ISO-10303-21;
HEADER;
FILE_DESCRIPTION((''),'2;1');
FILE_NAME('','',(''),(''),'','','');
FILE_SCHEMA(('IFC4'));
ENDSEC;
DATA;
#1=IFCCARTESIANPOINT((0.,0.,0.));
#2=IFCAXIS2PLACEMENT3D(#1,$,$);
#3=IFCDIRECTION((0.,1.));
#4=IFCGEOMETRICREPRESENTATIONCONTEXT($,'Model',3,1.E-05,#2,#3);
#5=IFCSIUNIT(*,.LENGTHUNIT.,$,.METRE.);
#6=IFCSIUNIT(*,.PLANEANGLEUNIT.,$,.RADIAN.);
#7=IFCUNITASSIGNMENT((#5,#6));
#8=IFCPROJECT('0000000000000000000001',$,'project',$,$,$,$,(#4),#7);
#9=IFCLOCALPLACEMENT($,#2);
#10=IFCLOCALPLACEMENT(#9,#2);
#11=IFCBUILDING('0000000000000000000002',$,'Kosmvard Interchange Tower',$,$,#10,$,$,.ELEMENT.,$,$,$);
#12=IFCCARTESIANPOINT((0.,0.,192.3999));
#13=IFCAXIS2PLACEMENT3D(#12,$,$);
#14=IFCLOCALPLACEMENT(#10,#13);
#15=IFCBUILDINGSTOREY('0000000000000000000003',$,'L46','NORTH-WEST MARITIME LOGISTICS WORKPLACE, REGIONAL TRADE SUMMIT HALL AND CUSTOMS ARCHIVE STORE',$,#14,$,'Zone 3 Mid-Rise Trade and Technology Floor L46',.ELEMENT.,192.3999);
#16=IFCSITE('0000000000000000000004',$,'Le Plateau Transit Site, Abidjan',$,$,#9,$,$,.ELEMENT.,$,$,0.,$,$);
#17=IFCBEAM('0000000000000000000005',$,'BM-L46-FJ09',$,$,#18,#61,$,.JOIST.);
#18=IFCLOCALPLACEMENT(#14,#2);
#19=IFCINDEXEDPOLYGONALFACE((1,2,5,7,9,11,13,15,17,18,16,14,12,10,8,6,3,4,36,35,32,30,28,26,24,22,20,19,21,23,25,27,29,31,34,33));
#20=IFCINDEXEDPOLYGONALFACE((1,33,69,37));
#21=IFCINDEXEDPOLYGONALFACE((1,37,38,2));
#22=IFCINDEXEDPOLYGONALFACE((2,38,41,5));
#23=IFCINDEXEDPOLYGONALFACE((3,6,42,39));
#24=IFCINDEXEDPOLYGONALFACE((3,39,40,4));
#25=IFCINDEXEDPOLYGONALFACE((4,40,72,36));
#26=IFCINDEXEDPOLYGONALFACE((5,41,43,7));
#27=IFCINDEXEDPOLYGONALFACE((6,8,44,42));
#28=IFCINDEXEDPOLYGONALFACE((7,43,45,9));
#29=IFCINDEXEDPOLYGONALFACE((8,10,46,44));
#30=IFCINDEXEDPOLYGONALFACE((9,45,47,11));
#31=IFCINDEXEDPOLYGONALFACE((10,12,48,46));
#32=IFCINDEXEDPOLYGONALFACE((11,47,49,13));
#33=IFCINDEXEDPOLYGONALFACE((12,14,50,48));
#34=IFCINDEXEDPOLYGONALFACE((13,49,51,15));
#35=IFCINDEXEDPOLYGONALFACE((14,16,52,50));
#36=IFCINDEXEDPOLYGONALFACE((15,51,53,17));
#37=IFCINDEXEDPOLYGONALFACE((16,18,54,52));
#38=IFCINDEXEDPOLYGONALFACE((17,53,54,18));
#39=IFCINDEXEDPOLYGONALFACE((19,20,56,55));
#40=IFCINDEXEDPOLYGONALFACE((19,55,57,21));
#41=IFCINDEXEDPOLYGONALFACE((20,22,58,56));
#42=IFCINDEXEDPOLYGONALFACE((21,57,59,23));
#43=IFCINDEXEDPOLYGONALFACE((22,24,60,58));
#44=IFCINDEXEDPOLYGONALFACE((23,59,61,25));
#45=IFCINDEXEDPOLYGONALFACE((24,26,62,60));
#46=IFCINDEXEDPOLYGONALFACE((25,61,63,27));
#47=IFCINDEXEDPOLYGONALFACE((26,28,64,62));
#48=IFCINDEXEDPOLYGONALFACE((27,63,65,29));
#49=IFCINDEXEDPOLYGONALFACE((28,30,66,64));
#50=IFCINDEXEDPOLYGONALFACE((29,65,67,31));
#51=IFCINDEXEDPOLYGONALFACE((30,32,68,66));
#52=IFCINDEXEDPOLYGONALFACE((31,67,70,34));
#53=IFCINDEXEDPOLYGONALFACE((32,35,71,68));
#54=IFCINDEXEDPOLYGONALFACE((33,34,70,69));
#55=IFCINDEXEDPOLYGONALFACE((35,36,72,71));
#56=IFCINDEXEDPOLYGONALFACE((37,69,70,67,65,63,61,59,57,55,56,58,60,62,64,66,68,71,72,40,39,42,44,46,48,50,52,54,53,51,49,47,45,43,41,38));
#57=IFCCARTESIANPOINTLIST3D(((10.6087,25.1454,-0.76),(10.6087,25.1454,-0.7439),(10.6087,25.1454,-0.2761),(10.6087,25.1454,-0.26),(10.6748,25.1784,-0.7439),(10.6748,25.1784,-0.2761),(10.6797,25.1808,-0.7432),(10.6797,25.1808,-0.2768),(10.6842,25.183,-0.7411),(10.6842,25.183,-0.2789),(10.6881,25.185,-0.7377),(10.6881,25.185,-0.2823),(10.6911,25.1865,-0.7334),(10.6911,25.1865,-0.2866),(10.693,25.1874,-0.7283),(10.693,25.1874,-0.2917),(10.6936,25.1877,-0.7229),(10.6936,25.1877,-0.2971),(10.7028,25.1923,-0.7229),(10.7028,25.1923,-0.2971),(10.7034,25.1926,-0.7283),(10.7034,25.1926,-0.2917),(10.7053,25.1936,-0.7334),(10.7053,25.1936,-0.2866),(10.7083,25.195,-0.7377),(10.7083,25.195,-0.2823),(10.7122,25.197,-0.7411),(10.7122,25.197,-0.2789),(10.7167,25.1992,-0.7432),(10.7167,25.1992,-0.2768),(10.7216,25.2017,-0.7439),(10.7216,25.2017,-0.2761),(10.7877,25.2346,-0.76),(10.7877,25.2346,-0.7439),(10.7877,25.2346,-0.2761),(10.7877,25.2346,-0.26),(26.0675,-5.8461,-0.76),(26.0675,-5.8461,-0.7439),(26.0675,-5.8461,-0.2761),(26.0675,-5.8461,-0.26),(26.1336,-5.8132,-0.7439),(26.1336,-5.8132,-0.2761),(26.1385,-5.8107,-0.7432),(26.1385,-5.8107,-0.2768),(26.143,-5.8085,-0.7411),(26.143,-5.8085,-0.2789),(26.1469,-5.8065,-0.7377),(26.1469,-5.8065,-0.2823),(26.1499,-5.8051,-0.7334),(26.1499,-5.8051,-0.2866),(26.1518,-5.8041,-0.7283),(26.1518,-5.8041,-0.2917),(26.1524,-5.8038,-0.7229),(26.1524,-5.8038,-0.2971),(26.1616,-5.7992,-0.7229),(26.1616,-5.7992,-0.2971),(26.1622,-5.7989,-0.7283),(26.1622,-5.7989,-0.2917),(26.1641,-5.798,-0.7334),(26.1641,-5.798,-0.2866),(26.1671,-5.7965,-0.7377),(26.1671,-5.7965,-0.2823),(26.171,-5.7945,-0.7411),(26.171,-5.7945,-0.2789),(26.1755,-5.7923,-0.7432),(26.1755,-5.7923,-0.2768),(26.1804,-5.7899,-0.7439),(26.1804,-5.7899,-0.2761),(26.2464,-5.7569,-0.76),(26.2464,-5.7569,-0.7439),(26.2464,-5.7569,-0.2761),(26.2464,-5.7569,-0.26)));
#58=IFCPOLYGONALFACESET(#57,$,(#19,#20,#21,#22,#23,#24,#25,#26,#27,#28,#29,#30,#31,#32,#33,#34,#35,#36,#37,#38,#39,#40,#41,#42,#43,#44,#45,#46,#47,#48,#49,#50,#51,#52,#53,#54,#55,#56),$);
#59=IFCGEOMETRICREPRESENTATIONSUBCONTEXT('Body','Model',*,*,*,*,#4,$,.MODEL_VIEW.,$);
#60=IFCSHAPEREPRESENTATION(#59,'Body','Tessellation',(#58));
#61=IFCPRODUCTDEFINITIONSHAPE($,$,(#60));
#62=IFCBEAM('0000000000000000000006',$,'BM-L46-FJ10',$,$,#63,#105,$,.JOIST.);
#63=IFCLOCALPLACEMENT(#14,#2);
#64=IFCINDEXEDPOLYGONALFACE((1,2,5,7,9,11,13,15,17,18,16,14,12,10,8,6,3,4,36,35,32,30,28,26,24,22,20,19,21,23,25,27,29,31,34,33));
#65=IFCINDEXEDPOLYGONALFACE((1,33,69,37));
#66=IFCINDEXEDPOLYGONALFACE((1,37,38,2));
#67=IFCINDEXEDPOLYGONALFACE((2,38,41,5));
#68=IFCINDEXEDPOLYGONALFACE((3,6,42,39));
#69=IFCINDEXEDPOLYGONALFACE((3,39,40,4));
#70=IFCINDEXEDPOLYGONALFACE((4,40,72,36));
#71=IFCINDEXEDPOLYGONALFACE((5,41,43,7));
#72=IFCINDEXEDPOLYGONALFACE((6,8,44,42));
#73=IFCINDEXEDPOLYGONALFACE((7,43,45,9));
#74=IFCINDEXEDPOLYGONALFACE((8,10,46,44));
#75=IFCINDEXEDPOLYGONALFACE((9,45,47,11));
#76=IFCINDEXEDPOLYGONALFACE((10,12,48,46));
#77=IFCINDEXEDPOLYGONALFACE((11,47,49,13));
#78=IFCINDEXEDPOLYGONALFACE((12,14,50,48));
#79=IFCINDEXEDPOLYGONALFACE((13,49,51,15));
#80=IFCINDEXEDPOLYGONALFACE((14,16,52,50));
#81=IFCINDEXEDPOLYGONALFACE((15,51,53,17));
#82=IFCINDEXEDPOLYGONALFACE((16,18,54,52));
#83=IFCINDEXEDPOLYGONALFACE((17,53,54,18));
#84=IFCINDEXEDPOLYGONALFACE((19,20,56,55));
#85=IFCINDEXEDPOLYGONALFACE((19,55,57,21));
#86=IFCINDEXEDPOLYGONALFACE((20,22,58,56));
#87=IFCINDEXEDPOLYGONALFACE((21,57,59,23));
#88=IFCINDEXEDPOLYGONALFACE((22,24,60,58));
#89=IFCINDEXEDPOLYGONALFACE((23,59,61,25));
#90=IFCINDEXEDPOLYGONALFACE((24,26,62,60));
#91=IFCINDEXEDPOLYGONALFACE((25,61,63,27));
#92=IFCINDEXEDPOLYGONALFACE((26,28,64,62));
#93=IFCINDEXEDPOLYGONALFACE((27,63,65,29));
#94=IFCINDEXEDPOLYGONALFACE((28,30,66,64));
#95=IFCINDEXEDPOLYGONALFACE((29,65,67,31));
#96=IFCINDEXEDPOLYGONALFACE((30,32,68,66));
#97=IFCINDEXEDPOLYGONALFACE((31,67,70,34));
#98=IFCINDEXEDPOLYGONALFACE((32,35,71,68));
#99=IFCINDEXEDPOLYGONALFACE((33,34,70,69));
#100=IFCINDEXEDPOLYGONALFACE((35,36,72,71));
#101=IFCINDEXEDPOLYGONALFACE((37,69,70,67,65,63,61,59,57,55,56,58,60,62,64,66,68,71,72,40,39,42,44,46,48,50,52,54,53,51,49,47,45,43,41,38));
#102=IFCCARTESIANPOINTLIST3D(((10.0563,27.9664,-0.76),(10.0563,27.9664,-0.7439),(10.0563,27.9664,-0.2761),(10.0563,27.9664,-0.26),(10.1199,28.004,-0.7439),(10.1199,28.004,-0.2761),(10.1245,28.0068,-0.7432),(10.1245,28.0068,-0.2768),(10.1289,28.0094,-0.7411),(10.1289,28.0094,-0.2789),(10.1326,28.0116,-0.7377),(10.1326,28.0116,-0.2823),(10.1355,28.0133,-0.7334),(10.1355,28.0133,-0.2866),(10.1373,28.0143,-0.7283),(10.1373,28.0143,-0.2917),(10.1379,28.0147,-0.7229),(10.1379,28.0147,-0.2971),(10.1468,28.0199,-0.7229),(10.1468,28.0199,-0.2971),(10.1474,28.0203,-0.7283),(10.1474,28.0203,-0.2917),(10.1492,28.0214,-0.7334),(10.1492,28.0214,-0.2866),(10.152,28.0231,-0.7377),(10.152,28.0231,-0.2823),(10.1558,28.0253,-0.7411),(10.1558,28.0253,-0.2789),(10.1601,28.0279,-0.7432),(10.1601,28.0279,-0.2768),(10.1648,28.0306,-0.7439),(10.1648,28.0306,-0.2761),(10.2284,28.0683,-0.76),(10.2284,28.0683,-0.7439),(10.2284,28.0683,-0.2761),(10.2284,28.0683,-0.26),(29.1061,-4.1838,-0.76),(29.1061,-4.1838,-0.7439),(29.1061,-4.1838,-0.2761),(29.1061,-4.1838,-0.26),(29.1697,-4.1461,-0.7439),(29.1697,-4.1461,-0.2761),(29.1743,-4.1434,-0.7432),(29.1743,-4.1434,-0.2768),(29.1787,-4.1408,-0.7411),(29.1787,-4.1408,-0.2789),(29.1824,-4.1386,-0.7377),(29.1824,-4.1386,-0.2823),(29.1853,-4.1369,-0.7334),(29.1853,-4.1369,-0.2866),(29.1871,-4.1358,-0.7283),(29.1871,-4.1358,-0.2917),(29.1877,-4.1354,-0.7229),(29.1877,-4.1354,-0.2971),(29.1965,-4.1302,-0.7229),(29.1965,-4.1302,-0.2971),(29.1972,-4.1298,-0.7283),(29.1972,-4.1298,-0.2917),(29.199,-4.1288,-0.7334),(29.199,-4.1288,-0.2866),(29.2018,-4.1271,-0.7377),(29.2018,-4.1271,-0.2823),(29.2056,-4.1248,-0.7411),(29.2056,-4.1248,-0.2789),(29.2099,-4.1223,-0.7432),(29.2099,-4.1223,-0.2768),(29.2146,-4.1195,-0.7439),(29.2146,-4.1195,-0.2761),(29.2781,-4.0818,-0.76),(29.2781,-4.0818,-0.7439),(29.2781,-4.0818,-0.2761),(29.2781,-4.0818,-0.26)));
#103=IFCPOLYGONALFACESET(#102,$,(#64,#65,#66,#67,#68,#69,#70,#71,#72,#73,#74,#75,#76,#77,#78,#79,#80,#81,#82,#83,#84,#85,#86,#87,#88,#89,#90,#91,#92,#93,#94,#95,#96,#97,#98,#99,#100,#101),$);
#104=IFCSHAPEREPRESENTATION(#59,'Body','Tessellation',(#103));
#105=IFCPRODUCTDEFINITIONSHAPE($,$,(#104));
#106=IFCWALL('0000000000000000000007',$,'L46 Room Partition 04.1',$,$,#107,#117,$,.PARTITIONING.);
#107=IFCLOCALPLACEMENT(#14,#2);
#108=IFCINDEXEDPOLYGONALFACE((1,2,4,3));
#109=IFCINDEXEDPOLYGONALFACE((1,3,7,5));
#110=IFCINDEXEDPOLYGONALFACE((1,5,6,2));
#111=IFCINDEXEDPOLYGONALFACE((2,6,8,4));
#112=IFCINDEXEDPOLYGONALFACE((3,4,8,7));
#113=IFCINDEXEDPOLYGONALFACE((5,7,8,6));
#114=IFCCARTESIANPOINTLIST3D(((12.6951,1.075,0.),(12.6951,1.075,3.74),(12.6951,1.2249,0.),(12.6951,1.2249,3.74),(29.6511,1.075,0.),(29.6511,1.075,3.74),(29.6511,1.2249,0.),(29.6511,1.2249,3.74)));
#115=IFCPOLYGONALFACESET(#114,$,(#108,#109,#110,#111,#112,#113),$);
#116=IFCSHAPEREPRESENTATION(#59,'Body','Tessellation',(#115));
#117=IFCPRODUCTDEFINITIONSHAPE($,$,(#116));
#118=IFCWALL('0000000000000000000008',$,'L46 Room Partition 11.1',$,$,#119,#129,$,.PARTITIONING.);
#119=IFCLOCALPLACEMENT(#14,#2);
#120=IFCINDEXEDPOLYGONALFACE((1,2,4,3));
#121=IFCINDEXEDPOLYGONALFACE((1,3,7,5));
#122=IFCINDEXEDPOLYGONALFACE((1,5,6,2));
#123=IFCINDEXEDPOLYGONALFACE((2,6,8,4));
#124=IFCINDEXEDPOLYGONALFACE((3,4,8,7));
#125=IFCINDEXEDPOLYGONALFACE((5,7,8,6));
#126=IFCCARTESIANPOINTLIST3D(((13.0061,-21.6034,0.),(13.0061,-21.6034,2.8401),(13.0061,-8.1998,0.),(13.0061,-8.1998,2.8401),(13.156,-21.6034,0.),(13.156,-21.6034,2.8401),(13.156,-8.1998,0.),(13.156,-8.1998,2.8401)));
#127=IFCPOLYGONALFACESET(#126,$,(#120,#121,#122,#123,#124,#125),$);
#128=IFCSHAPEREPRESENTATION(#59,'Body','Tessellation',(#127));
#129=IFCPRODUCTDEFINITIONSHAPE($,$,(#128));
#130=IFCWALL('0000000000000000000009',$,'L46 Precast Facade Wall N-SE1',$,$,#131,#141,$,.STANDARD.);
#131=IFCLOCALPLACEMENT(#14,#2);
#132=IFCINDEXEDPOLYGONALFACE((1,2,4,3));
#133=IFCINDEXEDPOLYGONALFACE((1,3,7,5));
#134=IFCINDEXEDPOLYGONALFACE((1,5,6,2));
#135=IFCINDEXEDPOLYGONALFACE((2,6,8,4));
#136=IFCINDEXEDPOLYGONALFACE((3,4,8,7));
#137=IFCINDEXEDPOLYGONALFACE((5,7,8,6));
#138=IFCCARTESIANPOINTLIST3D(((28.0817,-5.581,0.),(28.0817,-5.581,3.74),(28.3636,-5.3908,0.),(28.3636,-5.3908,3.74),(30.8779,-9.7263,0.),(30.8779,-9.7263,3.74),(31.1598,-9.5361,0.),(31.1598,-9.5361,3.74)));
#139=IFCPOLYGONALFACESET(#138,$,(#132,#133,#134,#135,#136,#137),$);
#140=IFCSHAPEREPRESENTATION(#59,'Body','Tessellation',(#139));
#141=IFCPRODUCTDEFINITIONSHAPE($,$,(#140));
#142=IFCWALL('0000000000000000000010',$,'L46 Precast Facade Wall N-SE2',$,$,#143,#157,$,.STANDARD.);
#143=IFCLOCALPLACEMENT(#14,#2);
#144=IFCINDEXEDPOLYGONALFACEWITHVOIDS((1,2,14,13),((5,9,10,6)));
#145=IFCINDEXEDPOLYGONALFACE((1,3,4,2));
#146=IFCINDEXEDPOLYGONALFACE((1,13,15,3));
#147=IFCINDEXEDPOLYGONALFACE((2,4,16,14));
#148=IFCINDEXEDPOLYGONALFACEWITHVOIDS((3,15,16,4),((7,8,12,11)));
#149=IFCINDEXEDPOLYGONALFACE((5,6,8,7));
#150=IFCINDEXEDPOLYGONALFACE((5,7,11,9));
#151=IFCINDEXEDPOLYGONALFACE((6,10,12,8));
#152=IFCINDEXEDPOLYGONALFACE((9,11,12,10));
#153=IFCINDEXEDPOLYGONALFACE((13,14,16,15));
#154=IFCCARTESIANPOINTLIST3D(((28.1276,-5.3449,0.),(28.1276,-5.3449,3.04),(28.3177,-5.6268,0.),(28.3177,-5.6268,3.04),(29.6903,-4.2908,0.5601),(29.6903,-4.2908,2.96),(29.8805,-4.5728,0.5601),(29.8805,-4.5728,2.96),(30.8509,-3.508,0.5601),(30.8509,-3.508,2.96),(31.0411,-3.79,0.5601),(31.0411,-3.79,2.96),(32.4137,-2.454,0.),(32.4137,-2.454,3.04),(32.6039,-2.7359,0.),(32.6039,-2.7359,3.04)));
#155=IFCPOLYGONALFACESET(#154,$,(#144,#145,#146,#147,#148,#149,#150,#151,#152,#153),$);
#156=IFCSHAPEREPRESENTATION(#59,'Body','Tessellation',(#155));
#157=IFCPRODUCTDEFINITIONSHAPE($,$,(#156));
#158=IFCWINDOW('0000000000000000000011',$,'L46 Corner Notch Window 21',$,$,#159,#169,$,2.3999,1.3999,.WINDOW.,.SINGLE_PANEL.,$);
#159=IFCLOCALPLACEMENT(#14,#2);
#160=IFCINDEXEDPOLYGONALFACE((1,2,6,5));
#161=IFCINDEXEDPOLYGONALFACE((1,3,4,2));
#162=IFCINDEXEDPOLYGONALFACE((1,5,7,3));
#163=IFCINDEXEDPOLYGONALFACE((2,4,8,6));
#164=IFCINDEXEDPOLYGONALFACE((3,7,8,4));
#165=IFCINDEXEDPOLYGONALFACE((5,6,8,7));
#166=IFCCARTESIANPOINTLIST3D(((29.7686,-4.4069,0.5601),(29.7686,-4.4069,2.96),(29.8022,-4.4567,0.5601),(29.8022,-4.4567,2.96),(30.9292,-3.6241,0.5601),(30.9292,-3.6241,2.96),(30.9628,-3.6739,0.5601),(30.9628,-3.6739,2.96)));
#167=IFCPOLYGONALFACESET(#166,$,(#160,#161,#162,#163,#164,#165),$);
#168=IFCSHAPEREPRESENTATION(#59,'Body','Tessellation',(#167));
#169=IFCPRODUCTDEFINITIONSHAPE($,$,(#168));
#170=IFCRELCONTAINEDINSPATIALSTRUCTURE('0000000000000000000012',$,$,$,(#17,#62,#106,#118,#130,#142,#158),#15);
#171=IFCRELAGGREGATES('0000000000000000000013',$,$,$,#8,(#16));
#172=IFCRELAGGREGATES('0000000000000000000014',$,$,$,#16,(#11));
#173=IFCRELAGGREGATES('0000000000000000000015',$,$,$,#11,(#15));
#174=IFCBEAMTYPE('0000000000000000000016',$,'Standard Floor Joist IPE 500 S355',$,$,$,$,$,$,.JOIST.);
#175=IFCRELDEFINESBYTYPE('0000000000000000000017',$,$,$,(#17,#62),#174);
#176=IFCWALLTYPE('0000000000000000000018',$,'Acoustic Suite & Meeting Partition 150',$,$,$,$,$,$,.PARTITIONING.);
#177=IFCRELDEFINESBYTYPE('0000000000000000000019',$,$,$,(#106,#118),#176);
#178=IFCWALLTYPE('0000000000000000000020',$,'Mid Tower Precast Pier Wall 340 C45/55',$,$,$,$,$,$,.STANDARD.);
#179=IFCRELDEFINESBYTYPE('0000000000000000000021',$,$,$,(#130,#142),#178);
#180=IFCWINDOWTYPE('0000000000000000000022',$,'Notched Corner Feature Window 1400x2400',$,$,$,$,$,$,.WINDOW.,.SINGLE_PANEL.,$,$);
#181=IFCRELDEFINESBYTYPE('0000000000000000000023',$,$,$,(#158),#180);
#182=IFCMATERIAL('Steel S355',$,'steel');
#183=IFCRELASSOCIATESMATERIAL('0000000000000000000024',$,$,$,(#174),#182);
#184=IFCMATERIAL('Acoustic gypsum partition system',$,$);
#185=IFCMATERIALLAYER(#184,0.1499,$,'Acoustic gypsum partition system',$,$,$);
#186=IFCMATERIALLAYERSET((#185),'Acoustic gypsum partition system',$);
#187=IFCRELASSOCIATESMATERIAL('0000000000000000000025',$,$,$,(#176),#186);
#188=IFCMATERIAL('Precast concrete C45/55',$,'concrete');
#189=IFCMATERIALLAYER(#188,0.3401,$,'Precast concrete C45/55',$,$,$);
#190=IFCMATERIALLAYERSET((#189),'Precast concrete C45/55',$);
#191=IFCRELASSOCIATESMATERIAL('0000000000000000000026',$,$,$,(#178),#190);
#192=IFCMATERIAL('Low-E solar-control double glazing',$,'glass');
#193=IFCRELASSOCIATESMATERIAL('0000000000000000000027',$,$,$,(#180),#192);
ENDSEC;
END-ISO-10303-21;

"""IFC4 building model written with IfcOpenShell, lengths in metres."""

from ifc_helpers import new_model, si_unit, direction, frame, frame_2d, origin, origin_2d, place, context, subcontext, project, spatial, rectangle, i_section, extrude, source, transform, mapped, material, layer, layer_set, material_profile, profile_set, type_object, element, fill, save


model = new_model("IFC4")

# Units and contexts
model_context = context("Model", 3, precision=1e-05, world=origin(), true_north=direction((0.0, 1.0)))
body_context = subcontext(model_context, "Body", "Model", "MODEL_VIEW")
ifc_project = project(units=[si_unit("LENGTHUNIT", "METRE"), si_unit("PLANEANGLEUNIT", "RADIAN")], contexts=[model_context])

# Site, building, storey
site_placement = place(None, origin())
site = spatial("IfcSite", under=ifc_project, at=site_placement, Name="Le Plateau Transit Site, Abidjan", CompositionType="ELEMENT", RefElevation=0.0)
building_placement = place(site_placement, origin())
building = spatial("IfcBuilding", under=site, at=building_placement, Name="Kosmvard Interchange Tower", CompositionType="ELEMENT")
storey_placement = place(building_placement, frame((0.0, 0.0, 192.3999)))
storey = spatial("IfcBuildingStorey", under=building, at=storey_placement, Name="L46", Description="NORTH-WEST MARITIME LOGISTICS WORKPLACE, REGIONAL TRADE SUMMIT HALL AND CUSTOMS ARCHIVE STORE", LongName="Zone 3 Mid-Rise Trade and Technology Floor L46", CompositionType="ELEMENT", Elevation=192.3999)

# Beams
ifc_material_1 = material(Name="Steel S355", Category="steel")
ifc_material_2 = material(Name="Precast concrete C45/55", Category="concrete")
ifc_material_profile_1 = material_profile(ifc_material_1, i_section(OverallWidth=0.2, OverallDepth=0.5, WebThickness=0.0103, FlangeThickness=0.0161, FilletRadius=0.021, at=origin_2d()), Name="IPE 500")
ifc_profile_set_1 = profile_set([ifc_material_profile_1], Name="Steel S355")
beam_type_1 = type_object("IfcBeamType", Name="Standard Floor Joist IPE 500 S355", PredefinedType="JOIST", material=ifc_profile_set_1)
shared_shape_1 = source(origin(), body_context, "Body", "SweptSolid", [
    extrude(i_section(OverallWidth=0.2, OverallDepth=0.5, WebThickness=0.0103, FlangeThickness=0.0161, FilletRadius=0.021, at=origin_2d()), origin(), (0.0, 0.0, 1.0), 34.6331),
])
beam_1_placement = place(storey_placement, frame((26.157, -5.8015, -0.51), z_axis=(-0.446359, 0.894854, 0.0), x_axis=(-0.894854, -0.446359, 0.0)))
element("IfcBeam", 1, at=beam_1_placement, inside=storey, type_object=beam_type_1, Name="BM-L46-FJ09", PredefinedType="JOIST", context=body_context, shape_type="MappedRepresentation", body=[
    mapped(shared_shape_1, transform((0.0, 0.0, 0.0), scale=1.0)),
])
shared_shape_2 = source(origin(), body_context, "Body", "SweptSolid", [
    extrude(i_section(OverallWidth=0.2, OverallDepth=0.5, WebThickness=0.0103, FlangeThickness=0.0161, FilletRadius=0.021, at=origin_2d()), origin(), (0.0, 0.0, 1.0), 37.3701),
])
beam_2_placement = place(storey_placement, frame((29.1921, -4.1328, -0.51), z_axis=(-0.50976, 0.860317, 0.0), x_axis=(-0.860317, -0.50976, 0.0)))
element("IfcBeam", 2, at=beam_2_placement, inside=storey, type_object=beam_type_1, Name="BM-L46-FJ10", PredefinedType="JOIST", context=body_context, shape_type="MappedRepresentation", body=[
    mapped(shared_shape_2, transform((0.0, 0.0, 0.0), scale=1.0)),
])

# Walls
ifc_material_3 = material(Name="Acoustic gypsum partition system")
ifc_layer_1 = layer(ifc_material_3, 0.1499, Name="Acoustic gypsum partition system")
ifc_layer_set_1 = layer_set([ifc_layer_1], Name="Acoustic gypsum partition system")
wall_type_1 = type_object("IfcWallType", Name="Acoustic Suite & Meeting Partition 150", PredefinedType="PARTITIONING", material=ifc_layer_set_1)
wall_1_placement = place(storey_placement, frame((12.6951, 1.1499, 0.0), z_axis=(0.0, 0.0, 1.0), x_axis=(1.0, 0.0, 0.0)))
element("IfcWall", 3, at=wall_1_placement, inside=storey, type_object=wall_type_1, Name="L46 Room Partition 04.1", PredefinedType="PARTITIONING", context=body_context, shape_type="SweptSolid", body=[
    extrude(rectangle(XDim=16.9561, YDim=0.1499, at=frame_2d((8.478, 0.0))), origin(), (0.0, 0.0, 1.0), 3.74),
])
wall_2_placement = place(storey_placement, frame((13.0811, -8.2, 0.0), z_axis=(0.0, 0.0, 1.0), x_axis=(0.0, -1.0, 0.0)))
element("IfcWall", 4, at=wall_2_placement, inside=storey, type_object=wall_type_1, Name="L46 Room Partition 11.1", PredefinedType="PARTITIONING", context=body_context, shape_type="SweptSolid", body=[
    extrude(rectangle(XDim=13.4036, YDim=0.1499, at=frame_2d((6.7017, 0.0))), origin(), (0.0, 0.0, 1.0), 2.8401),
])
ifc_layer_2 = layer(ifc_material_2, 0.3401, Name="Precast concrete C45/55")
ifc_layer_set_2 = layer_set([ifc_layer_2], Name="Precast concrete C45/55")
wall_type_2 = type_object("IfcWallType", Name="Mid Tower Precast Pier Wall 340 C45/55", PredefinedType="STANDARD", material=ifc_layer_set_2)
wall_3_placement = place(storey_placement, frame((31.0188, -9.6311, 0.0), z_axis=(0.0, 0.0, 1.0), x_axis=(-0.55921, 0.829026, 0.0)))
element("IfcWall", 5, at=wall_3_placement, inside=storey, type_object=wall_type_2, Name="L46 Precast Facade Wall N-SE1", PredefinedType="STANDARD", context=body_context, shape_type="SweptSolid", body=[
    extrude(rectangle(XDim=5.0002, YDim=0.3401, at=frame_2d((2.5, 0.0))), origin(), (0.0, 0.0, 1.0), 3.74),
])

# Wall, opening, window
wall_4_placement = place(storey_placement, frame((28.2227, -5.4858, 0.0), z_axis=(0.0, 0.0, 1.0), x_axis=(0.829052, 0.559171, 0.0)))
wall_4 = element("IfcWall", 6, at=wall_4_placement, inside=storey, type_object=wall_type_2, Name="L46 Precast Facade Wall N-SE2", PredefinedType="STANDARD", context=body_context, shape_type="SweptSolid", body=[
    extrude(rectangle(XDim=5.1699, YDim=0.3401, at=frame_2d((2.585, 0.0))), origin(), (0.0, 0.0, 1.0), 3.04),
])
opening_1_placement = place(wall_4_placement, frame((1.885, 0.0, 0.5601)))
opening_1 = element("IfcOpeningElement", 7, at=opening_1_placement, cuts=wall_4, PredefinedType="OPENING", context=body_context, shape_type="SweptSolid", body=[
    extrude(rectangle(XDim=1.3999, YDim=2.3999, at=frame_2d((0.7, 1.2))), frame((0.0, 0.1802, 0.0), z_axis=(0.0, -1.0, 0.0), x_axis=(1.0, 0.0, 0.0)), (0.0, 0.0, 1.0), 0.3601),
])
ifc_material_4 = material(Name="Low-E solar-control double glazing", Category="glass")
window_type_1 = type_object("IfcWindowType", Name="Notched Corner Feature Window 1400x2400", PartitioningType="SINGLE_PANEL", PredefinedType="WINDOW", material=ifc_material_4)
shared_shape_3 = source(origin(), body_context, "Body", "SweptSolid", [
    extrude(rectangle(XDim=1.3999, YDim=2.3999, at=frame_2d((0.7, 1.2))), frame((0.0, 0.03, 0.0), z_axis=(0.0, -1.0, 0.0), x_axis=(1.0, 0.0, 0.0)), (0.0, 0.0, 1.0), 0.0601),
])
window_1_placement = place(opening_1_placement, origin())
window_1 = element("IfcWindow", 8, at=window_1_placement, inside=storey, type_object=window_type_1, Name="L46 Corner Notch Window 21", OverallHeight=2.3999, OverallWidth=1.3999, PartitioningType="SINGLE_PANEL", PredefinedType="WINDOW", context=body_context, shape_type="MappedRepresentation", body=[
    mapped(shared_shape_3, transform((0.0, 0.0, 0.0), scale=1.0)),
])
fill(opening_1, window_1)

save(model, "model.ifc")
